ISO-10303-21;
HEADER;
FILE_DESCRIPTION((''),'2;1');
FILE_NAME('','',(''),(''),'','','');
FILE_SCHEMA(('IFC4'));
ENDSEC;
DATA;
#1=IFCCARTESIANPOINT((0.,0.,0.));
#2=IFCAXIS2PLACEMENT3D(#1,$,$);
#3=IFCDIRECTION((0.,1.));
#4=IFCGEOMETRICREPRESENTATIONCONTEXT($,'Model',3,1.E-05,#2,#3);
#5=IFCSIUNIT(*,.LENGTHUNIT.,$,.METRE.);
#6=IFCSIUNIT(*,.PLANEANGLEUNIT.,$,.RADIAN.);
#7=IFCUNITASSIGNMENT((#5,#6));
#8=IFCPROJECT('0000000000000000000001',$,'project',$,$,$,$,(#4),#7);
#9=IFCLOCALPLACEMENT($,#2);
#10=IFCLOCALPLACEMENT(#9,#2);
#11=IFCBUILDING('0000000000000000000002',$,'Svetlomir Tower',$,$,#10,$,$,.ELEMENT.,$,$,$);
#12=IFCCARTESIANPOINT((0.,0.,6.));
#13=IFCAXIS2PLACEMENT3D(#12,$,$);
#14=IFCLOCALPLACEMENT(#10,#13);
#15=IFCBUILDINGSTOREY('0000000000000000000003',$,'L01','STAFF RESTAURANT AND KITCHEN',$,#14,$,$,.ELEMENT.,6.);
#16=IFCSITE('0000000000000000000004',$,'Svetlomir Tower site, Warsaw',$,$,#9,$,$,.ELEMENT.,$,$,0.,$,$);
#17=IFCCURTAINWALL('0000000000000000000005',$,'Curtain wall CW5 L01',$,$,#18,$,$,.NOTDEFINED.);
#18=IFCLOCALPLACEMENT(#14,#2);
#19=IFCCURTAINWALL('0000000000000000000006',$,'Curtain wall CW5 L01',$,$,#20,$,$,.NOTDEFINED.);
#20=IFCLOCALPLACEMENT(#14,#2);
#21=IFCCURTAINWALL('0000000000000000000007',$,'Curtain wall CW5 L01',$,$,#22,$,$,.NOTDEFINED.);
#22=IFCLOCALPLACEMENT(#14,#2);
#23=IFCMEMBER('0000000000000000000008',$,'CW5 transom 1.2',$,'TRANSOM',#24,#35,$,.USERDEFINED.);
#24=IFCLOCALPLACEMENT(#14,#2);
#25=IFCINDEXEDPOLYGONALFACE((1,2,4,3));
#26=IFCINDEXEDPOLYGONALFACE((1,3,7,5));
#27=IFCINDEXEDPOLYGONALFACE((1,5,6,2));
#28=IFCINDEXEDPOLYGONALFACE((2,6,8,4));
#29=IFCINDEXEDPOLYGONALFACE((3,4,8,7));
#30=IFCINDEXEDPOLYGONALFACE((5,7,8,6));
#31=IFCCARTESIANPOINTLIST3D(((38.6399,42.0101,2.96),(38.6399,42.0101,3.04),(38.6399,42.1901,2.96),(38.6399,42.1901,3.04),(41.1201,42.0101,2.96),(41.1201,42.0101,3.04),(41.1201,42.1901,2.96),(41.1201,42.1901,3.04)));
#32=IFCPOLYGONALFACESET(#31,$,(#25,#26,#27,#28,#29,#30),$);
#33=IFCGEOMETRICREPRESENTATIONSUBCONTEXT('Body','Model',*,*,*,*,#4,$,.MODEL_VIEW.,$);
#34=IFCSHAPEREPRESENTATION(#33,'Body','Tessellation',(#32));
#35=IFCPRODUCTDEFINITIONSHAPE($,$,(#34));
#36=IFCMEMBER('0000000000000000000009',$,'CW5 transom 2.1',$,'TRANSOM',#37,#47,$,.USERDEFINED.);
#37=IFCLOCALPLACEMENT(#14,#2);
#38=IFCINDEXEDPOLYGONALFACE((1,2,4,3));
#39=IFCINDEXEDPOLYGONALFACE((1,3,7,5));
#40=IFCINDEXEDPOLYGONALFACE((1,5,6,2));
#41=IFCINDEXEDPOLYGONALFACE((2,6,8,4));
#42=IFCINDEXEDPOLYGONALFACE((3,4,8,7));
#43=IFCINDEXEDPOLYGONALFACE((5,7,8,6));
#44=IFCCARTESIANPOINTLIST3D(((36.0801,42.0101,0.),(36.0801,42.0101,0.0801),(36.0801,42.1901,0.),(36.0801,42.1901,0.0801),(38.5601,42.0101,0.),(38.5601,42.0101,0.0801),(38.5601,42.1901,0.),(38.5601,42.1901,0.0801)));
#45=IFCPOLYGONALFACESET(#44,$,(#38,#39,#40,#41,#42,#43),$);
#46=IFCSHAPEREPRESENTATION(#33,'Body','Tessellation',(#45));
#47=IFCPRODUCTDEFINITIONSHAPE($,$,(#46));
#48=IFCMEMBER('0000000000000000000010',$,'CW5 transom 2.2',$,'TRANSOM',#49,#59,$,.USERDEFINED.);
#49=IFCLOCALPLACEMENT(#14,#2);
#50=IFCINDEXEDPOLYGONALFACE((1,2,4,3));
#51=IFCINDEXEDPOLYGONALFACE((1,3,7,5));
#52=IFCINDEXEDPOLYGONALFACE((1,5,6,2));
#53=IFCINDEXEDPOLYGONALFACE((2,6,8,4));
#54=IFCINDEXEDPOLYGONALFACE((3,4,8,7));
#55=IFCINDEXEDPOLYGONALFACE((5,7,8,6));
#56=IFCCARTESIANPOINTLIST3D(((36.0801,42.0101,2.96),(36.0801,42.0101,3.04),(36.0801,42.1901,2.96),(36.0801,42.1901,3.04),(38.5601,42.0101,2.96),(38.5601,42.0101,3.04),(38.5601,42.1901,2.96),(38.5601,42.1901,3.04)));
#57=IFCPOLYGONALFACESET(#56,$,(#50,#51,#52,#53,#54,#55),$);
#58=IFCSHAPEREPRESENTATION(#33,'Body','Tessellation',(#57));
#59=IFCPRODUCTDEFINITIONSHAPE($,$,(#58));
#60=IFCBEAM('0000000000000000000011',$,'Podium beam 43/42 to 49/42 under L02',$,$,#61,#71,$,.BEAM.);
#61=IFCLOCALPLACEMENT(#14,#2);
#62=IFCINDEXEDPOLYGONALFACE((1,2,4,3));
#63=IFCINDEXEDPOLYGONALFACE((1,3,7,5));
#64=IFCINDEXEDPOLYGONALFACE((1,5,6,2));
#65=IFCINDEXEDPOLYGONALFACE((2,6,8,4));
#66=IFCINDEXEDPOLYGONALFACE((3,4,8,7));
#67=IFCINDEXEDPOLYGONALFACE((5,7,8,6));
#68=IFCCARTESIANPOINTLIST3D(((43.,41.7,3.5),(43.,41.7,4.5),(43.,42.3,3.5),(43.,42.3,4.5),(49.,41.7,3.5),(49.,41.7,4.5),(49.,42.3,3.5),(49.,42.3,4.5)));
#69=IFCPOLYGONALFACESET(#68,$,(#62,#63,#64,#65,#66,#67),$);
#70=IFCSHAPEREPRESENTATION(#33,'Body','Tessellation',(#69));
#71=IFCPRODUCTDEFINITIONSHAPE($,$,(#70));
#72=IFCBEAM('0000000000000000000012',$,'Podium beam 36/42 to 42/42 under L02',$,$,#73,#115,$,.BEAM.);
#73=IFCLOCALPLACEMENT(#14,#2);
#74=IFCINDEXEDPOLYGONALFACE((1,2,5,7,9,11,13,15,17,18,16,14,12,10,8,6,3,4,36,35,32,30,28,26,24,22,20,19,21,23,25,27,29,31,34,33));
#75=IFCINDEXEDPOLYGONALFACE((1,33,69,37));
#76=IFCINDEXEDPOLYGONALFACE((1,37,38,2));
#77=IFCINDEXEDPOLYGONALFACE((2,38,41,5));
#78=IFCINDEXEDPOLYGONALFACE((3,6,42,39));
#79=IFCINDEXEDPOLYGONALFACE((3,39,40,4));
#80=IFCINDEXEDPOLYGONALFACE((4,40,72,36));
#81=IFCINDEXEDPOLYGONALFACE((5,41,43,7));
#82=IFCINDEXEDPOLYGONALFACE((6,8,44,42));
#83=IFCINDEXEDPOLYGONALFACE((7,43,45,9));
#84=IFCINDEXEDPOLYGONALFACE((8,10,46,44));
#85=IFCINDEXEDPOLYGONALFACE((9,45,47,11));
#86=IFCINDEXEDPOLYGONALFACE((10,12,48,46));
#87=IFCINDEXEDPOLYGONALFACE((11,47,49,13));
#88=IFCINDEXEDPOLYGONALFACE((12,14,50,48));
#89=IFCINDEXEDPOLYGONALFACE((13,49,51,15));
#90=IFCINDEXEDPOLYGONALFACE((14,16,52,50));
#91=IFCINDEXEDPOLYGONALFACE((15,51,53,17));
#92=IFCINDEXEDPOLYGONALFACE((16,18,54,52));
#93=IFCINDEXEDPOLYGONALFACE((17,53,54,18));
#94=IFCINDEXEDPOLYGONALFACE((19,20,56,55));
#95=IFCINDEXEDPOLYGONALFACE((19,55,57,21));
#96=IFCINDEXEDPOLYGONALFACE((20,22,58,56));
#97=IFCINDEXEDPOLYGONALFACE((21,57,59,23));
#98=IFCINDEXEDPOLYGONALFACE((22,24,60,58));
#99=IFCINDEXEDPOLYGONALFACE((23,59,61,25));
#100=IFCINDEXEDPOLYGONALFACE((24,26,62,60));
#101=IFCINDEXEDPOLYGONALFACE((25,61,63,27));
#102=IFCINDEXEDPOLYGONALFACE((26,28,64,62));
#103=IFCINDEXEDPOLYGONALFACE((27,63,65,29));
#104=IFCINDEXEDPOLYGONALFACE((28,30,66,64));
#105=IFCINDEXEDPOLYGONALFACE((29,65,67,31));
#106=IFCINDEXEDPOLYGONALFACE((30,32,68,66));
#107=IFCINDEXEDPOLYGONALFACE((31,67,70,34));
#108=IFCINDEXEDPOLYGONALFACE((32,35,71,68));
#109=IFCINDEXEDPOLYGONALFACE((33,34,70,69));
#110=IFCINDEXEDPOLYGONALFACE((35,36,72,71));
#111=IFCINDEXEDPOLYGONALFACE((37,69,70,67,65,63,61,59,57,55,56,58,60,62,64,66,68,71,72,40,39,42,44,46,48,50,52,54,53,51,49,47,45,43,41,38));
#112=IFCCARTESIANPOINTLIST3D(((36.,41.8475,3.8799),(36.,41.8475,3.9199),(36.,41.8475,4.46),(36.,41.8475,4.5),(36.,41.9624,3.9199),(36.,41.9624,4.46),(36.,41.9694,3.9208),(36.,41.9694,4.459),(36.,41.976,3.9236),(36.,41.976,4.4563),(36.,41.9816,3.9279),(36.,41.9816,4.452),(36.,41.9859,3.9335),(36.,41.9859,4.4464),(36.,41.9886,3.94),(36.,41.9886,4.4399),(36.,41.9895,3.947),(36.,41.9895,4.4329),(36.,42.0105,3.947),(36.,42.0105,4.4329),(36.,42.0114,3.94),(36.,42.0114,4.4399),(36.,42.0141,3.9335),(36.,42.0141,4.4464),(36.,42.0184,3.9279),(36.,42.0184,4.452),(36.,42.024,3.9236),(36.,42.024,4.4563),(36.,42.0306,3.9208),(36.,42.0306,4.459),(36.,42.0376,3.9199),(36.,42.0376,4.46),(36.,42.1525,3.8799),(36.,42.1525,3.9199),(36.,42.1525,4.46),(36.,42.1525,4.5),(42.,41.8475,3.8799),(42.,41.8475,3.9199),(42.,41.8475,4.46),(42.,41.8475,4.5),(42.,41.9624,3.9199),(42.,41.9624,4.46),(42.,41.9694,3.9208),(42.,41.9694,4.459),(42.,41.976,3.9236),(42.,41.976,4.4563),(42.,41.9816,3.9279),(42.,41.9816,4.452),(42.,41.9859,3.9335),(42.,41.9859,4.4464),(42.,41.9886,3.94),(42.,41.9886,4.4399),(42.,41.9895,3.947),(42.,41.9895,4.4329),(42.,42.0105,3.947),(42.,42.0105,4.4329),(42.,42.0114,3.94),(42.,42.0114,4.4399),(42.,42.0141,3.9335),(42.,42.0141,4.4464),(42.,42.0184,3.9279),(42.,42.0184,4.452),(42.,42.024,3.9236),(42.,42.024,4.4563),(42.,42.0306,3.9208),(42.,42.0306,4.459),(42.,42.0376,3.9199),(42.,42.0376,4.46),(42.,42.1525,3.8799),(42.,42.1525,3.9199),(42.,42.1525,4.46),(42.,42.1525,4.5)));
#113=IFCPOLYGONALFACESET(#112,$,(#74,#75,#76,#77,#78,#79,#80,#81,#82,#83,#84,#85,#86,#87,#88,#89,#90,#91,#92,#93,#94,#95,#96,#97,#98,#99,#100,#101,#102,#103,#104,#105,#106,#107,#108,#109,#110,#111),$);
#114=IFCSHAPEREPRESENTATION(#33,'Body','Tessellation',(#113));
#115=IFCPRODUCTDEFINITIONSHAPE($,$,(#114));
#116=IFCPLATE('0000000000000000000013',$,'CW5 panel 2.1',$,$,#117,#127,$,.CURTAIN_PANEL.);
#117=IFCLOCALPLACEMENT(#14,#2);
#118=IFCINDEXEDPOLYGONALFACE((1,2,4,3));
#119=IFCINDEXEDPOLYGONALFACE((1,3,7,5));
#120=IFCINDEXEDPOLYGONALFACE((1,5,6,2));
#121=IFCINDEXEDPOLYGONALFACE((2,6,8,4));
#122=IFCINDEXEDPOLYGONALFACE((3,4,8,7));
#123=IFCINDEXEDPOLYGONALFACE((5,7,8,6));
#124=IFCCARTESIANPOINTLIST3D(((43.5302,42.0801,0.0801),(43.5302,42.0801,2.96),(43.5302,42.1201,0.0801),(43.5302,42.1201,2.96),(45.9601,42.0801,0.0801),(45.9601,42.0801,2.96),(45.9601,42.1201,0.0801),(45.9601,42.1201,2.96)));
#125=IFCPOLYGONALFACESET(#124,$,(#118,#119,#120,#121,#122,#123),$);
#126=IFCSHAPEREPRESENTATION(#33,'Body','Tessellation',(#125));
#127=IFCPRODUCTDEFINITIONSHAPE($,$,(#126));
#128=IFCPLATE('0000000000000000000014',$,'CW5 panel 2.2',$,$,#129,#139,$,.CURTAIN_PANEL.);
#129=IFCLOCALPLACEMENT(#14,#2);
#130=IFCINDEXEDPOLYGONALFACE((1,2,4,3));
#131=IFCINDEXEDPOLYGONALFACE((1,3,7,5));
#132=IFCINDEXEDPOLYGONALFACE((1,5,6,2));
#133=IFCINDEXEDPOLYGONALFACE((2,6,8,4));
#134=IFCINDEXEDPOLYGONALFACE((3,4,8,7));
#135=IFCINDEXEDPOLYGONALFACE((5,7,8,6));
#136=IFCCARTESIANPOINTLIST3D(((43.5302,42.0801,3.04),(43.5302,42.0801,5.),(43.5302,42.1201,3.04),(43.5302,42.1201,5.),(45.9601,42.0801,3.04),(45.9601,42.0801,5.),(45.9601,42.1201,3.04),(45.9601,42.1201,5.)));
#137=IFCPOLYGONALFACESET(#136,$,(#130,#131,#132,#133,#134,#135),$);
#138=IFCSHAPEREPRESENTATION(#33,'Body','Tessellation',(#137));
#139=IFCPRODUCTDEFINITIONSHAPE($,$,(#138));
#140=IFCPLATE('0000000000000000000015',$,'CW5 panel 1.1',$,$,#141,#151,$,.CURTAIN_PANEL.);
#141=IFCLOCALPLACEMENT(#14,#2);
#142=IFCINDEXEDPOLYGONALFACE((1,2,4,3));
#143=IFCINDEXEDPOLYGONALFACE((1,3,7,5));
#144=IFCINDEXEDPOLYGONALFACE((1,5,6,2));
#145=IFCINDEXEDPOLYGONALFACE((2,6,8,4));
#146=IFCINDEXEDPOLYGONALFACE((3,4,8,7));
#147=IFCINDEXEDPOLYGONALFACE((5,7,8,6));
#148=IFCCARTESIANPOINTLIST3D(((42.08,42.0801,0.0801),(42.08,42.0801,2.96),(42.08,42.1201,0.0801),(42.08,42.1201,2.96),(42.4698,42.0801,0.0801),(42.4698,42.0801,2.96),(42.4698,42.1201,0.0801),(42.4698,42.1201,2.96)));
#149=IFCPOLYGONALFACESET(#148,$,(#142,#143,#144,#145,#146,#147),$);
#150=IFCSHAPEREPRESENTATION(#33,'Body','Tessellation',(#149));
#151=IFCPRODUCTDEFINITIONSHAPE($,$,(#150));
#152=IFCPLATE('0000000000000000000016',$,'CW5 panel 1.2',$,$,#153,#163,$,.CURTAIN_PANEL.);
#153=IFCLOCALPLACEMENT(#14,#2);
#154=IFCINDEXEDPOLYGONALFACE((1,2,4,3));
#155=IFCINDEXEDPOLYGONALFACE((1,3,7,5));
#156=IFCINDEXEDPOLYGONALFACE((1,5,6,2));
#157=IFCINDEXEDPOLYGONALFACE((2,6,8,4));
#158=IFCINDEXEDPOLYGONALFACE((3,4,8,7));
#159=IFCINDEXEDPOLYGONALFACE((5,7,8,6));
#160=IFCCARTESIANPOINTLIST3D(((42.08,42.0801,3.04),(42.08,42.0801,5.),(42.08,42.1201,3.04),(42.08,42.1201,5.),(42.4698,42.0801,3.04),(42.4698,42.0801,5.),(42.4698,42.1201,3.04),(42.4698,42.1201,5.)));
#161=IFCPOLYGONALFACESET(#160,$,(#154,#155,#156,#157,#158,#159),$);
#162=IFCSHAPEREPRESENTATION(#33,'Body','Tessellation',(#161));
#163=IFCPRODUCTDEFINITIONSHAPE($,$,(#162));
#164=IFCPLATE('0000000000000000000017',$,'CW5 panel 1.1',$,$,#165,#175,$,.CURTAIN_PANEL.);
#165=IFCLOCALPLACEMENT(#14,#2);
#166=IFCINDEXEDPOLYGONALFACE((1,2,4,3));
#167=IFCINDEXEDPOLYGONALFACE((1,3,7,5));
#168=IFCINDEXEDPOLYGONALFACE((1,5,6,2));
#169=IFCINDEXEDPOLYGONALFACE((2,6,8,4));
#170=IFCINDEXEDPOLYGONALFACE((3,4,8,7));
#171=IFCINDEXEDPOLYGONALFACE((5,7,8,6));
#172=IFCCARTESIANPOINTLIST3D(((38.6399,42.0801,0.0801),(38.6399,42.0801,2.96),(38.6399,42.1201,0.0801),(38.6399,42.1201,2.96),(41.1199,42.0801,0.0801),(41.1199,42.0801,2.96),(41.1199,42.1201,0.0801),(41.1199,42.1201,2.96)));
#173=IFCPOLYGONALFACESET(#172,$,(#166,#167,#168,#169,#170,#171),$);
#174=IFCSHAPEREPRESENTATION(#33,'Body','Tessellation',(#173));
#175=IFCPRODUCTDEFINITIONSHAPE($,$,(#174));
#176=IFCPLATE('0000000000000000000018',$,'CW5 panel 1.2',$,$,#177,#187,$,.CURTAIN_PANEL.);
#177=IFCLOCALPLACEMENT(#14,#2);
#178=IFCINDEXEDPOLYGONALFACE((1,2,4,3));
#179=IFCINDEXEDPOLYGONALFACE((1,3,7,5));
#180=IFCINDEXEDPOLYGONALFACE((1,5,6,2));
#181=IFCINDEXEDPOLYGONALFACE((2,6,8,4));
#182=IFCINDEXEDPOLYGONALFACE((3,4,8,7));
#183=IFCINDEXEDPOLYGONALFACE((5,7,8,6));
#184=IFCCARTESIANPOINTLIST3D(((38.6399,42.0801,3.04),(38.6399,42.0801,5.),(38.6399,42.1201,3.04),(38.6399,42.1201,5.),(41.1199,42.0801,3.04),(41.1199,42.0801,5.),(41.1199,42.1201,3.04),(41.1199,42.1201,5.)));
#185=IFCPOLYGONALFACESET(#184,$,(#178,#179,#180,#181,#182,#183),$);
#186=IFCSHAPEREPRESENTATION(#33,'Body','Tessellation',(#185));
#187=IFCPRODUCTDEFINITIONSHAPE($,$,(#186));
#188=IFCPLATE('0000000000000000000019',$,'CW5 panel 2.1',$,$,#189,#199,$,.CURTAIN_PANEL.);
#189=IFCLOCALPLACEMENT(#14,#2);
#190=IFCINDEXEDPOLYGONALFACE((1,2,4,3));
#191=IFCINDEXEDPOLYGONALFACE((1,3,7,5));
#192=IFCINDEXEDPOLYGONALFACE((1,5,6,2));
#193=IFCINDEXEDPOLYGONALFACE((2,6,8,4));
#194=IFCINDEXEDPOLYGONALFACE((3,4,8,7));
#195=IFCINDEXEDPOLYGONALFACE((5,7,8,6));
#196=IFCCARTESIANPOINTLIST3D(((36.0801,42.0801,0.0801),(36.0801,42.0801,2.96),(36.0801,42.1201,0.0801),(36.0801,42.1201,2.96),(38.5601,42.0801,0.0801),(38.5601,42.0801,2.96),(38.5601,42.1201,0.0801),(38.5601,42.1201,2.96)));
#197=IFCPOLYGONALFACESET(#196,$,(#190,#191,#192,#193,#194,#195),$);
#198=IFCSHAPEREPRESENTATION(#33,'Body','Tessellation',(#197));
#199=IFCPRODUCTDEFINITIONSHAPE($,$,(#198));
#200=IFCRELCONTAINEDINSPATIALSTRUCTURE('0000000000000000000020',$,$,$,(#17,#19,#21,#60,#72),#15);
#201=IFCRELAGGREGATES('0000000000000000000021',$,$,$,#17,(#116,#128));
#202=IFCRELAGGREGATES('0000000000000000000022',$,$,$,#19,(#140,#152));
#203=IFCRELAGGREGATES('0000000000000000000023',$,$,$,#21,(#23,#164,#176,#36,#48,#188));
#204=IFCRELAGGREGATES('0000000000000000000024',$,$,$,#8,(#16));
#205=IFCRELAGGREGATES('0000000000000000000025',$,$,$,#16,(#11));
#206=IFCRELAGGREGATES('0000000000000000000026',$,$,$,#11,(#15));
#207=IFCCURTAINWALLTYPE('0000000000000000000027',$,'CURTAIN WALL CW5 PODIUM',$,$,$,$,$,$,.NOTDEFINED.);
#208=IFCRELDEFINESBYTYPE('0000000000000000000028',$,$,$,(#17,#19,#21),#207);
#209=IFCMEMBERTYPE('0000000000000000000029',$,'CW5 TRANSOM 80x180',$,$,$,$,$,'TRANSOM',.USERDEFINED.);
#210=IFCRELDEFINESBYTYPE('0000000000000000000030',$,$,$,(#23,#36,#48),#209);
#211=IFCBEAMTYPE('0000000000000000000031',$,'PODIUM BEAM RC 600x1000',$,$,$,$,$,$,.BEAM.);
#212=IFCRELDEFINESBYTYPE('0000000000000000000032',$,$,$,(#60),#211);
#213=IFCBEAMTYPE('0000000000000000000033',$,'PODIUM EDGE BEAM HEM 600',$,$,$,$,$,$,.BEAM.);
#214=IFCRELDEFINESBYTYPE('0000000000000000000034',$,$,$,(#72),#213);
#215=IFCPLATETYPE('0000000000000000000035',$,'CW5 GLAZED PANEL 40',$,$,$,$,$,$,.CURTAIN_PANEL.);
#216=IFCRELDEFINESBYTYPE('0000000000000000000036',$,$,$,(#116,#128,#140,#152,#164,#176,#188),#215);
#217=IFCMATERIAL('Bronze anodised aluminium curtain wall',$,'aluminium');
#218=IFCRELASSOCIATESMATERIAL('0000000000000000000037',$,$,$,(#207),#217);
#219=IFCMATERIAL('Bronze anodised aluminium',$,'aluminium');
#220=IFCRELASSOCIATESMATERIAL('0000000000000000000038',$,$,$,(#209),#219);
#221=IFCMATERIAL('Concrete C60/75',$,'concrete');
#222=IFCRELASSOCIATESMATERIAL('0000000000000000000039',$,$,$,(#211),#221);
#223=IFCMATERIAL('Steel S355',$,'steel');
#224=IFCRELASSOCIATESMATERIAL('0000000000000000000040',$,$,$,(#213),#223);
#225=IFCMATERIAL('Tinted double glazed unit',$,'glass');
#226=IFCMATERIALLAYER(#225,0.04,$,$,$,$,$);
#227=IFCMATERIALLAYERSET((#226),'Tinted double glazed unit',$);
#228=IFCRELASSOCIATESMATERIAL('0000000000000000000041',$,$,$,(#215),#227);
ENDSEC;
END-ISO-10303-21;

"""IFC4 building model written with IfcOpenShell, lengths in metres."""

from ifc_helpers import new_model, si_unit, direction, frame, origin, origin_2d, place, context, subcontext, project, spatial, rectangle, i_section, extrude, material, layer, layer_set, material_profile, profile_set, type_object, element, aggregate, save


model = new_model("IFC4")

# Units and contexts
model_context = context("Model", 3, precision=1e-05, world=origin(), true_north=direction((0.0, 1.0)))
body_context = subcontext(model_context, "Body", "Model", "MODEL_VIEW")
ifc_project = project(units=[si_unit("LENGTHUNIT", "METRE"), si_unit("PLANEANGLEUNIT", "RADIAN")], contexts=[model_context])

# Site, building, storey
site_placement = place(None, origin())
site = spatial("IfcSite", under=ifc_project, at=site_placement, Name="Svetlomir Tower site, Warsaw", CompositionType="ELEMENT", RefElevation=0.0)
building_placement = place(site_placement, origin())
building = spatial("IfcBuilding", under=site, at=building_placement, Name="Svetlomir Tower", CompositionType="ELEMENT")
storey_placement = place(building_placement, frame((0.0, 0.0, 6.0)))
storey = spatial("IfcBuildingStorey", under=building, at=storey_placement, Name="L01", Description="STAFF RESTAURANT AND KITCHEN", CompositionType="ELEMENT", Elevation=6.0)

# Curtain wall
ifc_material_1 = material(Name="Bronze anodised aluminium curtain wall", Category="aluminium")
curtain_wall_type = type_object("IfcCurtainWallType", Name="CURTAIN WALL CW5 PODIUM", PredefinedType="NOTDEFINED", material=ifc_material_1)
curtain_wall_1_placement = place(storey_placement, origin())
curtain_wall_1 = element("IfcCurtainWall", 1, at=curtain_wall_1_placement, inside=storey, type_object=curtain_wall_type, Name="Curtain wall CW5 L01", PredefinedType="NOTDEFINED")

# Curtain walls
curtain_wall_2_placement = place(storey_placement, origin())
curtain_wall_2 = element("IfcCurtainWall", 2, at=curtain_wall_2_placement, inside=storey, type_object=curtain_wall_type, Name="Curtain wall CW5 L01", PredefinedType="NOTDEFINED")
curtain_wall_3_placement = place(storey_placement, origin())
curtain_wall_3 = element("IfcCurtainWall", 3, at=curtain_wall_3_placement, inside=storey, type_object=curtain_wall_type, Name="Curtain wall CW5 L01", PredefinedType="NOTDEFINED")

# Members
ifc_material_2 = material(Name="Bronze anodised aluminium", Category="aluminium")
ifc_material_profile_1 = material_profile(ifc_material_2, rectangle(XDim=0.1799, YDim=0.0801, at=origin_2d()), Name="AL 180x80")
ifc_profile_set_1 = profile_set([ifc_material_profile_1], Name="Bronze anodised aluminium 6063-T6")
member_type_1 = type_object("IfcMemberType", Name="CW5 TRANSOM 80x180", ElementType="TRANSOM", PredefinedType="USERDEFINED", material=ifc_profile_set_1)
member_1_placement = place(storey_placement, frame((41.1201, 42.1001, 3.0), z_axis=(-1.0, 0.0, 0.0), x_axis=(0.0, -1.0, 0.0)))
member_1 = element("IfcMember", 4, at=member_1_placement, type_object=member_type_1, Name="CW5 transom 1.2", ObjectType="TRANSOM", PredefinedType="USERDEFINED", context=body_context, shape_type="SweptSolid", body=[
    extrude(rectangle(XDim=0.1799, YDim=0.0801, at=origin_2d()), origin(), (0.0, 0.0, 1.0), 2.4802),
])
member_2_placement = place(storey_placement, frame((38.5601, 42.1001, 0.04), z_axis=(-1.0, 0.0, 0.0), x_axis=(0.0, -1.0, 0.0)))
member_2 = element("IfcMember", 5, at=member_2_placement, type_object=member_type_1, Name="CW5 transom 2.1", ObjectType="TRANSOM", PredefinedType="USERDEFINED", context=body_context, shape_type="SweptSolid", body=[
    extrude(rectangle(XDim=0.1799, YDim=0.0801, at=origin_2d()), origin(), (0.0, 0.0, 1.0), 2.48),
])
member_3_placement = place(storey_placement, frame((38.5601, 42.1001, 3.0), z_axis=(-1.0, 0.0, 0.0), x_axis=(0.0, -1.0, 0.0)))
member_3 = element("IfcMember", 6, at=member_3_placement, type_object=member_type_1, Name="CW5 transom 2.2", ObjectType="TRANSOM", PredefinedType="USERDEFINED", context=body_context, shape_type="SweptSolid", body=[
    extrude(rectangle(XDim=0.1799, YDim=0.0801, at=origin_2d()), origin(), (0.0, 0.0, 1.0), 2.48),
])

# Beams
ifc_material_3 = material(Name="Concrete C60/75", Category="concrete")
ifc_material_profile_2 = material_profile(ifc_material_3, rectangle(XDim=0.6001, YDim=1.0, at=origin_2d()), Name="RC 600x1000")
ifc_profile_set_2 = profile_set([ifc_material_profile_2], Name="Concrete C60/75")
beam_type_1 = type_object("IfcBeamType", Name="PODIUM BEAM RC 600x1000", PredefinedType="BEAM", material=ifc_profile_set_2)
beam_1_placement = place(storey_placement, frame((43.0, 42.0, 4.0), z_axis=(1.0, 0.0, 0.0), x_axis=(0.0, 1.0, 0.0)))
element("IfcBeam", 7, at=beam_1_placement, inside=storey, type_object=beam_type_1, Name="Podium beam 43/42 to 49/42 under L02", PredefinedType="BEAM", context=body_context, shape_type="SweptSolid", body=[
    extrude(rectangle(XDim=0.6001, YDim=1.0, at=origin_2d()), origin(), (0.0, 0.0, 1.0), 6.0),
])
ifc_material_4 = material(Name="Steel S355", Category="steel")
ifc_material_profile_3 = material_profile(ifc_material_4, i_section(OverallWidth=0.3049, OverallDepth=0.6201, WebThickness=0.021, FlangeThickness=0.04, FilletRadius=0.0271, at=origin_2d()), Name="HEM 600")
ifc_profile_set_3 = profile_set([ifc_material_profile_3], Name="Steel S355")
beam_type_2 = type_object("IfcBeamType", Name="PODIUM EDGE BEAM HEM 600", PredefinedType="BEAM", material=ifc_profile_set_3)
beam_2_placement = place(storey_placement, frame((36.0, 42.0, 4.1899), z_axis=(1.0, 0.0, 0.0), x_axis=(0.0, 1.0, 0.0)))
element("IfcBeam", 8, at=beam_2_placement, inside=storey, type_object=beam_type_2, Name="Podium beam 36/42 to 42/42 under L02", PredefinedType="BEAM", context=body_context, shape_type="SweptSolid", body=[
    extrude(i_section(OverallWidth=0.3049, OverallDepth=0.6201, WebThickness=0.021, FlangeThickness=0.04, FilletRadius=0.0271, at=origin_2d()), origin(), (0.0, 0.0, 1.0), 6.0),
])

# Plates
ifc_material_5 = material(Name="Tinted double glazed unit", Category="glass")
ifc_layer = layer(ifc_material_5, 0.04)
ifc_layer_set = layer_set([ifc_layer], Name="Tinted double glazed unit")
plate_type = type_object("IfcPlateType", Name="CW5 GLAZED PANEL 40", PredefinedType="CURTAIN_PANEL", material=ifc_layer_set)
plate_1_placement = place(storey_placement, frame((44.7451, 42.1001, 0.0801), z_axis=(0.0, 0.0, 1.0), x_axis=(-1.0, 0.0, 0.0)))
plate_1 = element("IfcPlate", 9, at=plate_1_placement, type_object=plate_type, Name="CW5 panel 2.1", PredefinedType="CURTAIN_PANEL", context=body_context, shape_type="SweptSolid", body=[
    extrude(rectangle(XDim=2.4299, YDim=0.04, at=origin_2d()), origin(), (0.0, 0.0, 1.0), 2.8799),
])
plate_2_placement = place(storey_placement, frame((44.7451, 42.1001, 3.04), z_axis=(0.0, 0.0, 1.0), x_axis=(-1.0, 0.0, 0.0)))
plate_2 = element("IfcPlate", 10, at=plate_2_placement, type_object=plate_type, Name="CW5 panel 2.2", PredefinedType="CURTAIN_PANEL", context=body_context, shape_type="SweptSolid", body=[
    extrude(rectangle(XDim=2.4299, YDim=0.04, at=origin_2d()), origin(), (0.0, 0.0, 1.0), 1.96),
])
aggregate(curtain_wall_1, [plate_1, plate_2])
plate_3_placement = place(storey_placement, frame((42.2749, 42.1001, 0.0801), z_axis=(0.0, 0.0, 1.0), x_axis=(-1.0, 0.0, 0.0)))
plate_3 = element("IfcPlate", 11, at=plate_3_placement, type_object=plate_type, Name="CW5 panel 1.1", PredefinedType="CURTAIN_PANEL", context=body_context, shape_type="SweptSolid", body=[
    extrude(rectangle(XDim=0.3899, YDim=0.04, at=origin_2d()), origin(), (0.0, 0.0, 1.0), 2.8799),
])
plate_4_placement = place(storey_placement, frame((42.2749, 42.1001, 3.04), z_axis=(0.0, 0.0, 1.0), x_axis=(-1.0, 0.0, 0.0)))
plate_4 = element("IfcPlate", 12, at=plate_4_placement, type_object=plate_type, Name="CW5 panel 1.2", PredefinedType="CURTAIN_PANEL", context=body_context, shape_type="SweptSolid", body=[
    extrude(rectangle(XDim=0.3899, YDim=0.04, at=origin_2d()), origin(), (0.0, 0.0, 1.0), 1.96),
])
aggregate(curtain_wall_2, [plate_3, plate_4])
plate_5_placement = place(storey_placement, frame((39.8799, 42.1001, 0.0801), z_axis=(0.0, 0.0, 1.0), x_axis=(-1.0, 0.0, 0.0)))
plate_5 = element("IfcPlate", 13, at=plate_5_placement, type_object=plate_type, Name="CW5 panel 1.1", PredefinedType="CURTAIN_PANEL", context=body_context, shape_type="SweptSolid", body=[
    extrude(rectangle(XDim=2.48, YDim=0.04, at=origin_2d()), origin(), (0.0, 0.0, 1.0), 2.8799),
])
plate_6_placement = place(storey_placement, frame((39.8799, 42.1001, 3.04), z_axis=(0.0, 0.0, 1.0), x_axis=(-1.0, 0.0, 0.0)))
plate_6 = element("IfcPlate", 14, at=plate_6_placement, type_object=plate_type, Name="CW5 panel 1.2", PredefinedType="CURTAIN_PANEL", context=body_context, shape_type="SweptSolid", body=[
    extrude(rectangle(XDim=2.48, YDim=0.04, at=origin_2d()), origin(), (0.0, 0.0, 1.0), 1.96),
])
plate_7_placement = place(storey_placement, frame((37.3201, 42.1001, 0.0801), z_axis=(0.0, 0.0, 1.0), x_axis=(-1.0, 0.0, 0.0)))
plate_7 = element("IfcPlate", 15, at=plate_7_placement, type_object=plate_type, Name="CW5 panel 2.1", PredefinedType="CURTAIN_PANEL", context=body_context, shape_type="SweptSolid", body=[
    extrude(rectangle(XDim=2.48, YDim=0.04, at=origin_2d()), origin(), (0.0, 0.0, 1.0), 2.8799),
])
aggregate(curtain_wall_3, [member_1, plate_5, plate_6, member_2, member_3, plate_7])

save(model, "model.ifc")
